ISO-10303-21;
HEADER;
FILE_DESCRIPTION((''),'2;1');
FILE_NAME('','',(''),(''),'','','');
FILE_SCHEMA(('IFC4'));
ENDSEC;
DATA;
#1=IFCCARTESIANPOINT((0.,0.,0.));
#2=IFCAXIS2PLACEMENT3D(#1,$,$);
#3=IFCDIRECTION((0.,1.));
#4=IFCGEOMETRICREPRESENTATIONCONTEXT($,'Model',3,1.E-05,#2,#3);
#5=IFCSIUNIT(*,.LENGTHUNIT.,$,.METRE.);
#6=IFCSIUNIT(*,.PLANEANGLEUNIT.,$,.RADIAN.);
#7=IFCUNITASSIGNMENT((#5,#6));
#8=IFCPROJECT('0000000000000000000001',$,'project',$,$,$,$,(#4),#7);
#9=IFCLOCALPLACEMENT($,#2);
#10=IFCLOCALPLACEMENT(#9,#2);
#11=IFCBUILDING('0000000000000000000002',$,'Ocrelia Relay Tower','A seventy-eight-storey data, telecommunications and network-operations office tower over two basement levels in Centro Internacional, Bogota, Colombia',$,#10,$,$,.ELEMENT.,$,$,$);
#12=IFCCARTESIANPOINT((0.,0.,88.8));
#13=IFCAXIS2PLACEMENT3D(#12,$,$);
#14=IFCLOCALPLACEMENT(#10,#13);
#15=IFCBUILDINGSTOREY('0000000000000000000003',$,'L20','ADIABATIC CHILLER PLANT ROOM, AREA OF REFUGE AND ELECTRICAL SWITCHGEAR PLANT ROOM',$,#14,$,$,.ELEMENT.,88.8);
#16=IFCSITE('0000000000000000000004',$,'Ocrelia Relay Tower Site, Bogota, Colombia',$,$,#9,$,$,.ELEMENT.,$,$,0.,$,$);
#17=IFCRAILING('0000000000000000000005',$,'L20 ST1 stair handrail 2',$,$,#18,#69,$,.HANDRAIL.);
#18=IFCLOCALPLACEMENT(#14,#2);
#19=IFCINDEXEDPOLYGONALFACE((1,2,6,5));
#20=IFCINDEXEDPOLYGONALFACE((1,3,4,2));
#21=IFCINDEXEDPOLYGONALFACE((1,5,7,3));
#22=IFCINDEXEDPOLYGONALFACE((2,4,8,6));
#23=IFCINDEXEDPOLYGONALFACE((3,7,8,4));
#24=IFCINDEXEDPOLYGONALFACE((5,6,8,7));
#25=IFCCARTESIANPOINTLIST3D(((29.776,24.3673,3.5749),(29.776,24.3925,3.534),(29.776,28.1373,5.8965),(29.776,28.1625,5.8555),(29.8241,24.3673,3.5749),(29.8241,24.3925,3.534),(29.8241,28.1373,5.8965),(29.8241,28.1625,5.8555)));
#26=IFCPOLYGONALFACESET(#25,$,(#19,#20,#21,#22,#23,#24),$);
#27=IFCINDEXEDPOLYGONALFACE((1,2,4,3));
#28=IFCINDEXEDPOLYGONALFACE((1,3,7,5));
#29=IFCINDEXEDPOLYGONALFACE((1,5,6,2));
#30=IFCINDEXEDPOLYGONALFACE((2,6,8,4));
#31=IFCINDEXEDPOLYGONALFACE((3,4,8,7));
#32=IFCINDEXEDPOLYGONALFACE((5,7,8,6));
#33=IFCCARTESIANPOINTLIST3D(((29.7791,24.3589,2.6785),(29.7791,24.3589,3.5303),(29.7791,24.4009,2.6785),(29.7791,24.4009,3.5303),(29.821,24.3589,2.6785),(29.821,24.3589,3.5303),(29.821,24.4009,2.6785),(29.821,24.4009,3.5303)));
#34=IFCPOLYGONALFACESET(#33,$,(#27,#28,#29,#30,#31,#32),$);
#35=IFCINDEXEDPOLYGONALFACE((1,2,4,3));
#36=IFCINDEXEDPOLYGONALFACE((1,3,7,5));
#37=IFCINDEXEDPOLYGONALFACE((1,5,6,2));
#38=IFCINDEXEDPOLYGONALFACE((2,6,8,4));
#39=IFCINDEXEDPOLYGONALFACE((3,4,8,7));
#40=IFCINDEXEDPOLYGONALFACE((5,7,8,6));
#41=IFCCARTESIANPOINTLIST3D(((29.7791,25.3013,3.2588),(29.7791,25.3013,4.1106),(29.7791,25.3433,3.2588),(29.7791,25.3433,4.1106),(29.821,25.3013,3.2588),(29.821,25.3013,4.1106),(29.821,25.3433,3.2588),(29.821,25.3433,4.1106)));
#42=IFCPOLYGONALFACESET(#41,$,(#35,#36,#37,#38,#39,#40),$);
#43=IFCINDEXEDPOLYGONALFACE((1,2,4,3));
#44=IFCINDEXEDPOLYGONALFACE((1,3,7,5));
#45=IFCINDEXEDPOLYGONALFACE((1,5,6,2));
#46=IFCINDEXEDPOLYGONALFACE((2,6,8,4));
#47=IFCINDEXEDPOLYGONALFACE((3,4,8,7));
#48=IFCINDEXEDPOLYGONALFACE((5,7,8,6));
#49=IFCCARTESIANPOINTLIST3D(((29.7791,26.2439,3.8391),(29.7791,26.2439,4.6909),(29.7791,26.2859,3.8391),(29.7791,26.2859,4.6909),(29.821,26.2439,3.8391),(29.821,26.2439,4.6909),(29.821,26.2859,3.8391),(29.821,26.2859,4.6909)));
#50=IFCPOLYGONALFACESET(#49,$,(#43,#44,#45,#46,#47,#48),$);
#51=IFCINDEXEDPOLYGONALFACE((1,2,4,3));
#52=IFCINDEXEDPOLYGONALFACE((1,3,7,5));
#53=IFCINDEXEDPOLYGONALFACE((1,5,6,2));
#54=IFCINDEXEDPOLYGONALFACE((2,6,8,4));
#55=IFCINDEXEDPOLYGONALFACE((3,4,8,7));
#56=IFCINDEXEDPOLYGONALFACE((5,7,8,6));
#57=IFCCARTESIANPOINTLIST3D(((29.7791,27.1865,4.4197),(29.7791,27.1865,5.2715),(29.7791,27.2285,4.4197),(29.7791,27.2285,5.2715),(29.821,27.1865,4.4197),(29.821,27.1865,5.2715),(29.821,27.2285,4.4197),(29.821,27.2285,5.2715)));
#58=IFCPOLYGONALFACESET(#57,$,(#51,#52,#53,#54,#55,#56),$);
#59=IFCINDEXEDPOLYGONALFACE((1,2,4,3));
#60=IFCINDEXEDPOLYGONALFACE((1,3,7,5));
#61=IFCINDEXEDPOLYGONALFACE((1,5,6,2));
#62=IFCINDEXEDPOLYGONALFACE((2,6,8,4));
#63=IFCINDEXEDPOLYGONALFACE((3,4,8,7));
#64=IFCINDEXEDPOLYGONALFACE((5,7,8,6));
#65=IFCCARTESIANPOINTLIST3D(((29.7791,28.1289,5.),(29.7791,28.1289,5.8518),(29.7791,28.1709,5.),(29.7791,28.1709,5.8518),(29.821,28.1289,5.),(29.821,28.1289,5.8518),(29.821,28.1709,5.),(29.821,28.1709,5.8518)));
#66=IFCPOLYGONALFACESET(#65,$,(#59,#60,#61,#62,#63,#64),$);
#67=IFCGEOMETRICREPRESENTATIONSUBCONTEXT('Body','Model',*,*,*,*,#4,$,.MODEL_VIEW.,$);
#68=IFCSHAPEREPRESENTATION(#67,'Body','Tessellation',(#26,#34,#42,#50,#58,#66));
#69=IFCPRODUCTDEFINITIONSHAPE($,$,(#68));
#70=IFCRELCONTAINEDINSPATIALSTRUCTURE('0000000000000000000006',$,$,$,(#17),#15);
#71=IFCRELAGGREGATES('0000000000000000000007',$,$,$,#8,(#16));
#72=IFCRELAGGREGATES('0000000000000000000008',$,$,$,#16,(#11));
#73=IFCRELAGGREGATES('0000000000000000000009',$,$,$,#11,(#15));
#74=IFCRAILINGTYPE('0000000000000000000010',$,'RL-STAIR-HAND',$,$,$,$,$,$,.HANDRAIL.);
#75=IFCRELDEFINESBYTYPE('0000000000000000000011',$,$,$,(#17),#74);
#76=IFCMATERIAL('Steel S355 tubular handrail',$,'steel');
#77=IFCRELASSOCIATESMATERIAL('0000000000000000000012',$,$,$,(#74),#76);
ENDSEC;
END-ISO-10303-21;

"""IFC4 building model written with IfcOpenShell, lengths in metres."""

from ifc_helpers import new_model, si_unit, direction, frame, origin, origin_2d, place, context, subcontext, project, spatial, rectangle, extrude, material, type_object, element, save


model = new_model("IFC4")

# Units and contexts
model_context = context("Model", 3, precision=1e-05, world=origin(), true_north=direction((0.0, 1.0)))
body_context = subcontext(model_context, "Body", "Model", "MODEL_VIEW")
ifc_project = project(units=[si_unit("LENGTHUNIT", "METRE"), si_unit("PLANEANGLEUNIT", "RADIAN")], contexts=[model_context])

# Site, building, storey
site_placement = place(None, origin())
site = spatial("IfcSite", under=ifc_project, at=site_placement, Name="Ocrelia Relay Tower Site, Bogota, Colombia", CompositionType="ELEMENT", RefElevation=0.0)
building_placement = place(site_placement, origin())
building = spatial("IfcBuilding", under=site, at=building_placement, Name="Ocrelia Relay Tower", Description="A seventy-eight-storey data, telecommunications and network-operations office tower over two basement levels in Centro Internacional, Bogota, Colombia", CompositionType="ELEMENT")
storey_placement = place(building_placement, frame((0.0, 0.0, 88.8)))
storey = spatial("IfcBuildingStorey", under=building, at=storey_placement, Name="L20", Description="ADIABATIC CHILLER PLANT ROOM, AREA OF REFUGE AND ELECTRICAL SWITCHGEAR PLANT ROOM", CompositionType="ELEMENT", Elevation=88.8)

# Railing
ifc_material_1 = material(Name="Steel S355 tubular handrail", Category="steel")
railing_type_1 = type_object("IfcRailingType", Name="RL-STAIR-HAND", PredefinedType="HANDRAIL", material=ifc_material_1)
railing_1_placement = place(storey_placement, frame((29.8, 24.3799, 2.6785)))
element("IfcRailing", 1, at=railing_1_placement, inside=storey, type_object=railing_type_1, Name="L20 ST1 stair handrail 2", PredefinedType="HANDRAIL", context=body_context, shape_type="SweptSolid", body=[
    extrude(rectangle(XDim=0.0481, YDim=0.0481, at=origin_2d()), frame((0.0, 0.0, 0.876), z_axis=(0.0, 0.851505, 0.524347), x_axis=(-1.0, 0.0, 0.0)), (0.0, 0.0, 1.0), 4.4275),
    extrude(rectangle(XDim=0.042, YDim=0.042, at=origin_2d()), origin(), (0.0, 0.0, 1.0), 0.8518),
    extrude(rectangle(XDim=0.042, YDim=0.042, at=origin_2d()), frame((0.0, 0.9424, 0.5803)), (0.0, 0.0, 1.0), 0.8518),
    extrude(rectangle(XDim=0.042, YDim=0.042, at=origin_2d()), frame((0.0, 1.885, 1.1606)), (0.0, 0.0, 1.0), 0.8518),
    extrude(rectangle(XDim=0.042, YDim=0.042, at=origin_2d()), frame((0.0, 2.8276, 1.7412)), (0.0, 0.0, 1.0), 0.8518),
    extrude(rectangle(XDim=0.042, YDim=0.042, at=origin_2d()), frame((0.0, 3.77, 2.3215)), (0.0, 0.0, 1.0), 0.8518),
])

save(model, "model.ifc")
